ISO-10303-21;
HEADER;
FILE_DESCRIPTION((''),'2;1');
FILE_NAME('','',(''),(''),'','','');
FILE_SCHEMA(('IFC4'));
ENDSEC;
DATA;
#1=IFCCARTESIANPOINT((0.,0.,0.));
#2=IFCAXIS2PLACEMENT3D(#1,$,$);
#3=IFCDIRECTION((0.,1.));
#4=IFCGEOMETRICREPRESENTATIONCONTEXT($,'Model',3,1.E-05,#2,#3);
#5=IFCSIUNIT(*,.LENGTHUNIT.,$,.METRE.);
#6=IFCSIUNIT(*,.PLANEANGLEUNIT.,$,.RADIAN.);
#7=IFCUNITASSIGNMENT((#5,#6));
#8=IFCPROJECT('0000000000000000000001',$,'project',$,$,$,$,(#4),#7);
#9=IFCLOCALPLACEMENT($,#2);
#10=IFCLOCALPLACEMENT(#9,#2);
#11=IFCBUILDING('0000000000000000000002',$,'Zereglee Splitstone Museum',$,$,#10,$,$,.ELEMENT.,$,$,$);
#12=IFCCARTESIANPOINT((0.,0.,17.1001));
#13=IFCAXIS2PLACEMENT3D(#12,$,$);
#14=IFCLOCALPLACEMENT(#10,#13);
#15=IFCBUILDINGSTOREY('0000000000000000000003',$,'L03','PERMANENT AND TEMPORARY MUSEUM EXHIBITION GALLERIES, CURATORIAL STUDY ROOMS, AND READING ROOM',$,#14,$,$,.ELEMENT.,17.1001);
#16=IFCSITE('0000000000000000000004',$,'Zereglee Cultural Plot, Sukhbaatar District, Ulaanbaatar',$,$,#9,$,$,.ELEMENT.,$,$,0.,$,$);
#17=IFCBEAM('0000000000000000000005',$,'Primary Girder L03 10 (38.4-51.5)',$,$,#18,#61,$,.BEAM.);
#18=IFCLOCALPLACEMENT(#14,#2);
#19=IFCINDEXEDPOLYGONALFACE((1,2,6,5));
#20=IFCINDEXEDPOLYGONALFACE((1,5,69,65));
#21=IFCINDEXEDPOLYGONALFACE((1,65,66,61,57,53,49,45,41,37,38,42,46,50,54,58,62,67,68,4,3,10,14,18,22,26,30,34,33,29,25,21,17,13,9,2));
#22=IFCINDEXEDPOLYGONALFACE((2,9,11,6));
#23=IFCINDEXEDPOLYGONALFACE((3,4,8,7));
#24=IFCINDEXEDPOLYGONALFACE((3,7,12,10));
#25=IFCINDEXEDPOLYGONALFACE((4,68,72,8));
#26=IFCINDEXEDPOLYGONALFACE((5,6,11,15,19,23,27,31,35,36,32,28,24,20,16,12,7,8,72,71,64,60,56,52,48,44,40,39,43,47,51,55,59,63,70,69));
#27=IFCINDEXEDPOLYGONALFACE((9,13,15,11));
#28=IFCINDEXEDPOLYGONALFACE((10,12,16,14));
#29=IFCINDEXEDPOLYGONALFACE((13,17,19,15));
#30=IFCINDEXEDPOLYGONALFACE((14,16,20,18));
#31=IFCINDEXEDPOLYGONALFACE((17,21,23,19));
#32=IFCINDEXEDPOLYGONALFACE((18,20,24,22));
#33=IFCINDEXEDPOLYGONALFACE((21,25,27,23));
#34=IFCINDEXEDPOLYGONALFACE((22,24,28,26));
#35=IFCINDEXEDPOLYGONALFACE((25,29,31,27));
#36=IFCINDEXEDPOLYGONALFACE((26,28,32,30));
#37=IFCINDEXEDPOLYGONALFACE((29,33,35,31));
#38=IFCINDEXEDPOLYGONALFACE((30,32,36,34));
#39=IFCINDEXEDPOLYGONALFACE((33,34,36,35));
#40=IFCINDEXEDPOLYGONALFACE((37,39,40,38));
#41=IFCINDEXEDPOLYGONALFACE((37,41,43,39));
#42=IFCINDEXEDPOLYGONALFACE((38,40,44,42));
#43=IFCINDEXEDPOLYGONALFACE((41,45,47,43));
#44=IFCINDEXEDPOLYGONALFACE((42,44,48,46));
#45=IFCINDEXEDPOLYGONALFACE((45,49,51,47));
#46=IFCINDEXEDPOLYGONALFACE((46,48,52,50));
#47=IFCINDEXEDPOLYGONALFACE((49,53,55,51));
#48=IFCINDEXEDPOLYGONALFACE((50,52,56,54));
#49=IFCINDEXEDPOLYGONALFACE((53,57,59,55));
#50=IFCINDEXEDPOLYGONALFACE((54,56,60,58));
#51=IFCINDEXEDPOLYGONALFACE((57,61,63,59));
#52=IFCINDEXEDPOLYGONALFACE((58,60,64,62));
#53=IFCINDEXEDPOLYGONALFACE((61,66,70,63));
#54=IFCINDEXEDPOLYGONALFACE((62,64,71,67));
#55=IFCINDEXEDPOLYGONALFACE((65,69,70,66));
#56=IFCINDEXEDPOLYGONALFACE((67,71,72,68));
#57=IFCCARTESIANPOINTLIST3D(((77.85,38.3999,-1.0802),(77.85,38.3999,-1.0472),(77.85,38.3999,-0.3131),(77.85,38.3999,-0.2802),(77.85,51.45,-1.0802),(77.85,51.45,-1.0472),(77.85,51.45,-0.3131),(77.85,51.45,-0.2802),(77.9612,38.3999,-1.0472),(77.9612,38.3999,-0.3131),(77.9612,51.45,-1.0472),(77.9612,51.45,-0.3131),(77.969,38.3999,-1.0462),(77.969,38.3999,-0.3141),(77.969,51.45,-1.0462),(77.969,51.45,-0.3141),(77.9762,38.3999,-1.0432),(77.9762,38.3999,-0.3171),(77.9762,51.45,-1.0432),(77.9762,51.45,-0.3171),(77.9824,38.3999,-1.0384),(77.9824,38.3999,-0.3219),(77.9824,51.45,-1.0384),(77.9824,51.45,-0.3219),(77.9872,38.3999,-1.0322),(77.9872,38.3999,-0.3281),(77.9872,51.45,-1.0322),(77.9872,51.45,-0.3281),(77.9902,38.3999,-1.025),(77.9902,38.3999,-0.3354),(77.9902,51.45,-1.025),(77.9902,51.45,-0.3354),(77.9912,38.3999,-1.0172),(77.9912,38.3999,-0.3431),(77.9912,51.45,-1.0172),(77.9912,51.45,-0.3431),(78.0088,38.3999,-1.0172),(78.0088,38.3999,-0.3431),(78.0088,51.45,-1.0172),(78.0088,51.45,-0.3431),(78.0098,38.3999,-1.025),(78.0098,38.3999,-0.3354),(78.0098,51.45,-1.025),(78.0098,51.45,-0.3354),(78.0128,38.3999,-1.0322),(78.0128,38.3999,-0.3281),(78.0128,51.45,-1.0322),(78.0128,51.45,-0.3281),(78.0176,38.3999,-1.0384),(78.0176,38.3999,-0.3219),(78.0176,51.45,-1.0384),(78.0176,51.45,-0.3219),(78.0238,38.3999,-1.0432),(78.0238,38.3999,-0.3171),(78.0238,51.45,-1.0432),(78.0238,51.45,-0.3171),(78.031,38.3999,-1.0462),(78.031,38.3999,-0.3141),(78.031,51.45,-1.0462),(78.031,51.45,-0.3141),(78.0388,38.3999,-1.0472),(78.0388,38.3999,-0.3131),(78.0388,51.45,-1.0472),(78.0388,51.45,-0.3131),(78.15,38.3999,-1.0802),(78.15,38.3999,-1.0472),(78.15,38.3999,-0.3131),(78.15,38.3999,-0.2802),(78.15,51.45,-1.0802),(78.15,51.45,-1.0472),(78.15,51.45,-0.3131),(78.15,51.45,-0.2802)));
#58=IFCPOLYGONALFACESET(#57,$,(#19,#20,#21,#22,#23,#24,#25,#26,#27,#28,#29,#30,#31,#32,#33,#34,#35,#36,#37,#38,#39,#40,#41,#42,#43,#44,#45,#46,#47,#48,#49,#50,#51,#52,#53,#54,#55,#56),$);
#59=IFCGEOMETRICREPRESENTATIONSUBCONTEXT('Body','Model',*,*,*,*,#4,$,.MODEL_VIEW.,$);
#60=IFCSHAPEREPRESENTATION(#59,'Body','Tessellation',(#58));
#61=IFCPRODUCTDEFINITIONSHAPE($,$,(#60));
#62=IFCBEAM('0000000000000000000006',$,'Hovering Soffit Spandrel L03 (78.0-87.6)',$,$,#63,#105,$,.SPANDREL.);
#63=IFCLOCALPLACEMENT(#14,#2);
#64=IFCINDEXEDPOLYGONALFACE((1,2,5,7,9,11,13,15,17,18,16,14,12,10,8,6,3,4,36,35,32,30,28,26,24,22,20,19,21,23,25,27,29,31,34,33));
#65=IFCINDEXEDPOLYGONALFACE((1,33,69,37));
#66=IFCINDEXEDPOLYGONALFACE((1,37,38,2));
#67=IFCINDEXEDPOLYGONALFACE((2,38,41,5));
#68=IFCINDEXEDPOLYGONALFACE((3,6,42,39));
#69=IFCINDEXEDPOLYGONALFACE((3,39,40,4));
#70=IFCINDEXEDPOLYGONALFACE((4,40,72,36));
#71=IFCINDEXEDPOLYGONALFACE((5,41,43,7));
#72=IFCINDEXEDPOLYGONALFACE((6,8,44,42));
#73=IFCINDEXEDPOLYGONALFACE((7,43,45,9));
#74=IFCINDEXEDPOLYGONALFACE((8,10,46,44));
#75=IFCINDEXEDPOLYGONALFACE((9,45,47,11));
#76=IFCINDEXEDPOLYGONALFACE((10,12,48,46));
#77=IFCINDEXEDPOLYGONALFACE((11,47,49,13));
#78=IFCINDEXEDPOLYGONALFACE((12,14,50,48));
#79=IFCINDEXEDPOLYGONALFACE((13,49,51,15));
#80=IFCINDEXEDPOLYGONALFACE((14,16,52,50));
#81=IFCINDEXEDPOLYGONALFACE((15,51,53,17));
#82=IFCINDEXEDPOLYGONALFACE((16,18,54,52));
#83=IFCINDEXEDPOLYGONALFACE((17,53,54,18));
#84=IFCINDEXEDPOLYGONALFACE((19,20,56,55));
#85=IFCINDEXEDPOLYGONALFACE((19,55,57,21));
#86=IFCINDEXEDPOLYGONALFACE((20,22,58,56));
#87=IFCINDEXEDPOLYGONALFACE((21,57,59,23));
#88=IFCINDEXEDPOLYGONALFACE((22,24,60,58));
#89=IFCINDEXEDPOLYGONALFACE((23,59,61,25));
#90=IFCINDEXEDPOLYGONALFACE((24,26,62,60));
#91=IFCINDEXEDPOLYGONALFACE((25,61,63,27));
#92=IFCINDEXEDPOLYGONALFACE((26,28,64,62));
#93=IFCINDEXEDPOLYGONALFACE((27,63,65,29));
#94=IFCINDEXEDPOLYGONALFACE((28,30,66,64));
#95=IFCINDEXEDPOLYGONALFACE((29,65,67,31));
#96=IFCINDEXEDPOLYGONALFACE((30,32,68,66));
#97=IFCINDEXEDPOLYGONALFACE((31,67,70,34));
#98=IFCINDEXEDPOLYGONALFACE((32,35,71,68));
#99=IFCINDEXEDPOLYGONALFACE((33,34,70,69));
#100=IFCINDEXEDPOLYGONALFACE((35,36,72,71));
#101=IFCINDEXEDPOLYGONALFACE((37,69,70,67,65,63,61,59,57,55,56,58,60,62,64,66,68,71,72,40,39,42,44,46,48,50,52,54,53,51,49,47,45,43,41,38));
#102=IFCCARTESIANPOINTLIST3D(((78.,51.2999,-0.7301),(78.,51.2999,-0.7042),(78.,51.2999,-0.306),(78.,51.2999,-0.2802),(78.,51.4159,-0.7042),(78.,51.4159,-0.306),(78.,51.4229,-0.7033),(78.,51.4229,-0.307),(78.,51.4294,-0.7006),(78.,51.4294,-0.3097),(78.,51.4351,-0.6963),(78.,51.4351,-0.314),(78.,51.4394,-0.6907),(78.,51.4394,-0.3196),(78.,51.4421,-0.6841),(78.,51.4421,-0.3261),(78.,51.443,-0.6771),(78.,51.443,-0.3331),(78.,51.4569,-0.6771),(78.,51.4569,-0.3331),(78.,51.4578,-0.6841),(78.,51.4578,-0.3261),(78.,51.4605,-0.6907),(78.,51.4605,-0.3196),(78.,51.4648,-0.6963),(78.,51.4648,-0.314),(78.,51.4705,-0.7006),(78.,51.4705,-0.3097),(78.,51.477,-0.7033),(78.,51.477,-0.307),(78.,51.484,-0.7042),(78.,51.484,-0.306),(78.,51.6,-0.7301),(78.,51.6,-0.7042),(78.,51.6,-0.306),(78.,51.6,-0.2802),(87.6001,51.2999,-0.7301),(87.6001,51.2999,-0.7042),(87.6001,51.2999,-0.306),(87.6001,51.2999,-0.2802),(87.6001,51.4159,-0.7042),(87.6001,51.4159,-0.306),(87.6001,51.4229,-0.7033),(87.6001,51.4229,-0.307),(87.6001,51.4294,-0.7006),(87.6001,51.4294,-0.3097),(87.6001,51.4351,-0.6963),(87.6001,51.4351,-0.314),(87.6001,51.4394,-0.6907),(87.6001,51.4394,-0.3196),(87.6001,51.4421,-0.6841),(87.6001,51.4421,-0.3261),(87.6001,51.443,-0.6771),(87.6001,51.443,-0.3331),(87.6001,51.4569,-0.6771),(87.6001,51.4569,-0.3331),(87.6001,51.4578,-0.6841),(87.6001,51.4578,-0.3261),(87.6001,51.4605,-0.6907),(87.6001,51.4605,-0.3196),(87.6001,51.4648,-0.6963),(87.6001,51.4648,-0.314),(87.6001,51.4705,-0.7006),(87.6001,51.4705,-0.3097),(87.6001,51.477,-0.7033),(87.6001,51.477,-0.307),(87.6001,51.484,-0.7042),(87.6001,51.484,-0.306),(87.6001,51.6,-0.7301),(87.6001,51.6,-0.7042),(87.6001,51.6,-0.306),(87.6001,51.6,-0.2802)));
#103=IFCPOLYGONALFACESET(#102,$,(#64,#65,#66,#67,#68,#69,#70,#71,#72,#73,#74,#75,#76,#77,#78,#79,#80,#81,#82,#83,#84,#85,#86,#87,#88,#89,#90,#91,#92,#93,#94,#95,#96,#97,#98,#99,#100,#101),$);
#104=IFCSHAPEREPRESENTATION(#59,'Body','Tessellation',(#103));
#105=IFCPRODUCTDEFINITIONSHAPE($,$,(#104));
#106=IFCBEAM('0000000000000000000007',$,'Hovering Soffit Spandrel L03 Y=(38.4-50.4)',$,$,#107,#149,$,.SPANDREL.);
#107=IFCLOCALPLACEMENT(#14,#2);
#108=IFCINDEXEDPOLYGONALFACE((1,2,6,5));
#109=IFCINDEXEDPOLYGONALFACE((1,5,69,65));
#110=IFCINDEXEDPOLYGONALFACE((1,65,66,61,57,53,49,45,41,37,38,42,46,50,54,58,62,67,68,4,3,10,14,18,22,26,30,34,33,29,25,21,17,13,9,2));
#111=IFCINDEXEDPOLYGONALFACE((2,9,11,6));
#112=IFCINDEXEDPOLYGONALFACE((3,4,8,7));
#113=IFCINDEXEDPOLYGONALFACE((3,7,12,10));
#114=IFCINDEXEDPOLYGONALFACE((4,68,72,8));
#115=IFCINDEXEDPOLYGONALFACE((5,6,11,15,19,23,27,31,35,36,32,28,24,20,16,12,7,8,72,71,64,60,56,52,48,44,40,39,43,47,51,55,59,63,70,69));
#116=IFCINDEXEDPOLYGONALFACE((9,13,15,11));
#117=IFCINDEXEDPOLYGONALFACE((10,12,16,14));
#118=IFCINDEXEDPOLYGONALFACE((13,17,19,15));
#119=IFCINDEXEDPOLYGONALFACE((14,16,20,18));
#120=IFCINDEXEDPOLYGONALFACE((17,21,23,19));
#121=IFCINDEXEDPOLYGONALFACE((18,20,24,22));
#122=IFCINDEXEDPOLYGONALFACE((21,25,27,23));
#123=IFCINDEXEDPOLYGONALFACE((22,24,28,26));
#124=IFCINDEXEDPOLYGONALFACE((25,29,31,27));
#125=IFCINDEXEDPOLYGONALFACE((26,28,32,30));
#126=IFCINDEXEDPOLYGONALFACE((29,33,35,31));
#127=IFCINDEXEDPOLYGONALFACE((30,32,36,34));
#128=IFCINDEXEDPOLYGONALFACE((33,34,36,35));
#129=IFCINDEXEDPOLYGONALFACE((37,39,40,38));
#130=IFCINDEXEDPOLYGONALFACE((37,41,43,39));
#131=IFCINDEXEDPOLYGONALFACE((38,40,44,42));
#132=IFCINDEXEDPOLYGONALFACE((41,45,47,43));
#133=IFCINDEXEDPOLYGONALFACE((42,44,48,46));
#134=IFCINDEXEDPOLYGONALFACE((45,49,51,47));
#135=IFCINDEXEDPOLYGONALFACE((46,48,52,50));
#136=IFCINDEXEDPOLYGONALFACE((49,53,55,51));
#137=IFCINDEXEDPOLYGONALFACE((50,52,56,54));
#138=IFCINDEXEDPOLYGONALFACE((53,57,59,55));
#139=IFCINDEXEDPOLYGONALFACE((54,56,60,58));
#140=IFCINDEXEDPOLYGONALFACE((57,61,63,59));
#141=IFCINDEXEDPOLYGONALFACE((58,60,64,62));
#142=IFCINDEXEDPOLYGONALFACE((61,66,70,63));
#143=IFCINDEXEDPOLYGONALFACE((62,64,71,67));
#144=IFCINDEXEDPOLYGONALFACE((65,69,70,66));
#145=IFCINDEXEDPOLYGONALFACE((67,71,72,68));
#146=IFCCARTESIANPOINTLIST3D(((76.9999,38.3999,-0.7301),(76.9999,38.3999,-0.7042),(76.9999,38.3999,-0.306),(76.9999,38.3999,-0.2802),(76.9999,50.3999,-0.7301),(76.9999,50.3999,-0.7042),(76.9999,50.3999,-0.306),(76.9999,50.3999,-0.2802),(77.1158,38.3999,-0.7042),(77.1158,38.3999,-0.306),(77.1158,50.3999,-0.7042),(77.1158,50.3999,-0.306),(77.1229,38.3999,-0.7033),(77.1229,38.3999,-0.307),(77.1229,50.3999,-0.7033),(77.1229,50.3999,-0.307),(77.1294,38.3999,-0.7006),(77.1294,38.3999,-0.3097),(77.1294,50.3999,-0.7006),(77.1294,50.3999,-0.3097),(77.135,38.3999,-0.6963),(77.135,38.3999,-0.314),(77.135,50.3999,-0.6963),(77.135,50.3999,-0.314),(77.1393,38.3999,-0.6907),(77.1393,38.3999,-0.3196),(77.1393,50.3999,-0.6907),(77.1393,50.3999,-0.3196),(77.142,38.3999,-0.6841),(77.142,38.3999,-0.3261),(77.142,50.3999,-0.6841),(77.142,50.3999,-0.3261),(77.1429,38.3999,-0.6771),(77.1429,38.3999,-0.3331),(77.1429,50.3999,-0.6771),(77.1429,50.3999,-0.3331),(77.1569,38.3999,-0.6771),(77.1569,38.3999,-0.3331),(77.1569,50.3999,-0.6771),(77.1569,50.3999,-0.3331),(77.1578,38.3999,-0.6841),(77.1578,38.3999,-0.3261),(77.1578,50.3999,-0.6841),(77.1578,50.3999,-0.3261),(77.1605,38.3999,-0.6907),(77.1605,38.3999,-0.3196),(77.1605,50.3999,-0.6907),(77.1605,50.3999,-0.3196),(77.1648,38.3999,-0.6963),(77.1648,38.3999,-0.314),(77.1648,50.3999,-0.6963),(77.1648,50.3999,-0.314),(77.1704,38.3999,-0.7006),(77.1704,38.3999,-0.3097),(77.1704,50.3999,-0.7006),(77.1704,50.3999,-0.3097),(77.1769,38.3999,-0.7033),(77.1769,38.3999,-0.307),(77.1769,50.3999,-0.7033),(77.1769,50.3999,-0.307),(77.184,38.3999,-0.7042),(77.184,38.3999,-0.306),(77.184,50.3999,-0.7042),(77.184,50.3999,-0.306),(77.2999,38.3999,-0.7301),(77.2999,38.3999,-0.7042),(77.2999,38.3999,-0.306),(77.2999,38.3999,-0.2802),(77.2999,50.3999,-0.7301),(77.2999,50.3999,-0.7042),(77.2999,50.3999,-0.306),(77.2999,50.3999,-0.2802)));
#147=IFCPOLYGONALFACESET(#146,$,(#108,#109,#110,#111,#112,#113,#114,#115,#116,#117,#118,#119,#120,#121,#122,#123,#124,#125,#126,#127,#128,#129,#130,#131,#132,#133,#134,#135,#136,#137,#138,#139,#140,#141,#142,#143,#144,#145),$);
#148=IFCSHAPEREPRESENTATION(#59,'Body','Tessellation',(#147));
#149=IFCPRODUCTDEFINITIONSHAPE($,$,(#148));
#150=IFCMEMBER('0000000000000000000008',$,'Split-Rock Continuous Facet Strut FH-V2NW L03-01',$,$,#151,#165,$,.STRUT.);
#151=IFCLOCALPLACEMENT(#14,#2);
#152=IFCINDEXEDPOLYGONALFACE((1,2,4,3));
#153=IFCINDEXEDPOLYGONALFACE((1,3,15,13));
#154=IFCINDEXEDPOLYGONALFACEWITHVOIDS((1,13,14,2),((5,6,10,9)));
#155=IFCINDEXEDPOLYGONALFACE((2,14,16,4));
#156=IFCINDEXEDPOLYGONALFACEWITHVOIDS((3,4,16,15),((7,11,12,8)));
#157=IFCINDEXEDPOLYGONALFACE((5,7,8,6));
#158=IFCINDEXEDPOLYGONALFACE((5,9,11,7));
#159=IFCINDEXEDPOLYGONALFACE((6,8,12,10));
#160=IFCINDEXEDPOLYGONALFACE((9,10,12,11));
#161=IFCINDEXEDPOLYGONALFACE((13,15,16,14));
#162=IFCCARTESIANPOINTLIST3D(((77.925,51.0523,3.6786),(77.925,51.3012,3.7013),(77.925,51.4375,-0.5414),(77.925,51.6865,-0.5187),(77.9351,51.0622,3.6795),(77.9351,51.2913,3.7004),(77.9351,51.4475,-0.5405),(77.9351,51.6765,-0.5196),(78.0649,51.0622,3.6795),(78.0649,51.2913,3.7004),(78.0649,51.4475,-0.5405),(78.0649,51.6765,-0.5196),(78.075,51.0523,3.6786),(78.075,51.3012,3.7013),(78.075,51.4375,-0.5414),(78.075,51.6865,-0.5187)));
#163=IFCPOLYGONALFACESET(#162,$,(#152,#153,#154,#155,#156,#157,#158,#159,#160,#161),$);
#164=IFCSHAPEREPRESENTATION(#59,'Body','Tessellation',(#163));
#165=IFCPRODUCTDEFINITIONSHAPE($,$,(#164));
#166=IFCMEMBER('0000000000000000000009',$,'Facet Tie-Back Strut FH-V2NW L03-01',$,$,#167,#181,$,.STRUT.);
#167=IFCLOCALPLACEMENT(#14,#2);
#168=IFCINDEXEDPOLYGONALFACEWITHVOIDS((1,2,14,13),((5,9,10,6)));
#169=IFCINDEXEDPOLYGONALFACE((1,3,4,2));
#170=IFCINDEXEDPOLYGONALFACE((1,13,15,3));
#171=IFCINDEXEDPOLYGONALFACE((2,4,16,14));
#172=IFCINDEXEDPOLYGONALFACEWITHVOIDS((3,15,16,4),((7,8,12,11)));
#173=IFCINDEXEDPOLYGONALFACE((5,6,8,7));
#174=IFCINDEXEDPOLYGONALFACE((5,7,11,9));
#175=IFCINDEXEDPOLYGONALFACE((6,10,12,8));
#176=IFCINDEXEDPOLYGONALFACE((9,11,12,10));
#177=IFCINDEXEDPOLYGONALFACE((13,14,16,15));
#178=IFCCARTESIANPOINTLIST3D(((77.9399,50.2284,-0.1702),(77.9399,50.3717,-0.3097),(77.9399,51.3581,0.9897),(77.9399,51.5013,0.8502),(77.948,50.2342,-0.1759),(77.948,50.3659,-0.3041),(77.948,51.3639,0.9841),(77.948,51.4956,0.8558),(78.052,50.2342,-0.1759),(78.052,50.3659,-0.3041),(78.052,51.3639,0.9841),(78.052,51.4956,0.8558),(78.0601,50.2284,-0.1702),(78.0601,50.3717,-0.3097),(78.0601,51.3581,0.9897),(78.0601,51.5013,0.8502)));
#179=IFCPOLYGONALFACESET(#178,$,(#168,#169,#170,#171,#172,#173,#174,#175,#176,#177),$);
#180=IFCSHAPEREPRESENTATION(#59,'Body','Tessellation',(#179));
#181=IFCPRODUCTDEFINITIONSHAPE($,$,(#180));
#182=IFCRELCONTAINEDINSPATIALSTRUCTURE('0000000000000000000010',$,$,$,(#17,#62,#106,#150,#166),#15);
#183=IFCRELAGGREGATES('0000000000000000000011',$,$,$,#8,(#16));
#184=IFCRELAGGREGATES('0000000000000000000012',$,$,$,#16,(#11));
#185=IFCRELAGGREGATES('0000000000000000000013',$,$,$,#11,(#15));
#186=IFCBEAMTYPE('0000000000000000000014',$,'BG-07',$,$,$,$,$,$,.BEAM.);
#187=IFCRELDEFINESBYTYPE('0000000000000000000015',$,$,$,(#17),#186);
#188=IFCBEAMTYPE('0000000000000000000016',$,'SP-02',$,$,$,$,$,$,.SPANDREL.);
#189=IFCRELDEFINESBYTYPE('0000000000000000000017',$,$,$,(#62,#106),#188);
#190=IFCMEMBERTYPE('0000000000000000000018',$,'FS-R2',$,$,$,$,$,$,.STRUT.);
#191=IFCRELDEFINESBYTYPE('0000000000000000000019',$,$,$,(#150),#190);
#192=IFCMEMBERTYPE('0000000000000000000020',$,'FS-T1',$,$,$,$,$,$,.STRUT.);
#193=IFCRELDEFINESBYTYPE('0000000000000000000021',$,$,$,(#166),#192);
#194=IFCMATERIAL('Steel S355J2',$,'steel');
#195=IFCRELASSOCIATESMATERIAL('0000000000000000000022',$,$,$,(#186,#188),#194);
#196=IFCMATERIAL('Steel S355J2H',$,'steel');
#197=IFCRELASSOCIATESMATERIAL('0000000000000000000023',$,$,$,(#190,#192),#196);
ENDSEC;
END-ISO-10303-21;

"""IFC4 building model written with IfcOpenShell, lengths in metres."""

from ifc_helpers import new_model, si_unit, direction, frame, origin, origin_2d, place, context, subcontext, project, spatial, hollow_rectangle, i_section, extrude, material, material_profile, profile_set, type_object, element, save


model = new_model("IFC4")

# Units and contexts
model_context = context("Model", 3, precision=1e-05, world=origin(), true_north=direction((0.0, 1.0)))
body_context = subcontext(model_context, "Body", "Model", "MODEL_VIEW")
ifc_project = project(units=[si_unit("LENGTHUNIT", "METRE"), si_unit("PLANEANGLEUNIT", "RADIAN")], contexts=[model_context])

# Site, building, storey
site_placement = place(None, origin())
site = spatial("IfcSite", under=ifc_project, at=site_placement, Name="Zereglee Cultural Plot, Sukhbaatar District, Ulaanbaatar", CompositionType="ELEMENT", RefElevation=0.0)
building_placement = place(site_placement, origin())
building = spatial("IfcBuilding", under=site, at=building_placement, Name="Zereglee Splitstone Museum", CompositionType="ELEMENT")
storey_placement = place(building_placement, frame((0.0, 0.0, 17.1001)))
storey = spatial("IfcBuildingStorey", under=building, at=storey_placement, Name="L03", Description="PERMANENT AND TEMPORARY MUSEUM EXHIBITION GALLERIES, CURATORIAL STUDY ROOMS, AND READING ROOM", CompositionType="ELEMENT", Elevation=17.1001)

# Shared definitions
ifc_material_1 = material(Name="Steel S355J2", Category="steel")

# Beams
ifc_material_profile_1 = material_profile(ifc_material_1, i_section(OverallWidth=0.3, OverallDepth=0.8, WebThickness=0.0176, FlangeThickness=0.033, FilletRadius=0.03, at=origin_2d()), Name="HE 800 B")
ifc_profile_set_1 = profile_set([ifc_material_profile_1], Name="Steel S355J2")
beam_type_1 = type_object("IfcBeamType", Name="BG-07", PredefinedType="BEAM", material=ifc_profile_set_1)
beam_1_placement = place(storey_placement, frame((78.0, 38.3999, -0.6802), z_axis=(0.0, 1.0, 0.0), x_axis=(-1.0, 0.0, 0.0)))
element("IfcBeam", 1, at=beam_1_placement, inside=storey, type_object=beam_type_1, Name="Primary Girder L03 10 (38.4-51.5)", PredefinedType="BEAM", context=body_context, shape_type="SweptSolid", body=[
    extrude(i_section(OverallWidth=0.3, OverallDepth=0.8, WebThickness=0.0176, FlangeThickness=0.033, FilletRadius=0.03, at=origin_2d()), origin(), (0.0, 0.0, 1.0), 13.05),
])
ifc_material_profile_2 = material_profile(ifc_material_1, i_section(OverallWidth=0.3, OverallDepth=0.45, WebThickness=0.0139, FlangeThickness=0.0259, FilletRadius=0.0271, at=origin_2d()), Name="HE 450 B")
ifc_profile_set_2 = profile_set([ifc_material_profile_2], Name="Steel S355J2")
beam_type_2 = type_object("IfcBeamType", Name="SP-02", PredefinedType="SPANDREL", material=ifc_profile_set_2)
beam_2_placement = place(storey_placement, frame((78.0, 51.45, -0.5051), z_axis=(1.0, 0.0, 0.0), x_axis=(0.0, 1.0, 0.0)))
element("IfcBeam", 2, at=beam_2_placement, inside=storey, type_object=beam_type_2, Name="Hovering Soffit Spandrel L03 (78.0-87.6)", PredefinedType="SPANDREL", context=body_context, shape_type="SweptSolid", body=[
    extrude(i_section(OverallWidth=0.3, OverallDepth=0.45, WebThickness=0.0139, FlangeThickness=0.0259, FilletRadius=0.0271, at=origin_2d()), origin(), (0.0, 0.0, 1.0), 9.6001),
])
beam_3_placement = place(storey_placement, frame((77.1499, 38.3999, -0.5051), z_axis=(0.0, 1.0, 0.0), x_axis=(-1.0, 0.0, 0.0)))
element("IfcBeam", 3, at=beam_3_placement, inside=storey, type_object=beam_type_2, Name="Hovering Soffit Spandrel L03 Y=(38.4-50.4)", PredefinedType="SPANDREL", context=body_context, shape_type="SweptSolid", body=[
    extrude(i_section(OverallWidth=0.3, OverallDepth=0.45, WebThickness=0.0139, FlangeThickness=0.0259, FilletRadius=0.0271, at=origin_2d()), origin(), (0.0, 0.0, 1.0), 12.0),
])

# Members
ifc_material_2 = material(Name="Steel S355J2H", Category="steel")
ifc_material_profile_3 = material_profile(ifc_material_2, hollow_rectangle(XDim=0.1499, YDim=0.25, WallThickness=0.01, at=origin_2d()), Name="RHS 250x150x10")
ifc_profile_set_3 = profile_set([ifc_material_profile_3], Name="Steel S355J2H")
member_type_1 = type_object("IfcMemberType", Name="FS-R2", PredefinedType="STRUT", material=ifc_profile_set_3)
member_1_placement = place(storey_placement, frame((78.0, 51.562, -0.53), z_axis=(0.0, -0.090915, 0.995859), x_axis=(1.0, 0.0, 0.0)))
element("IfcMember", 4, at=member_1_placement, inside=storey, type_object=member_type_1, Name="Split-Rock Continuous Facet Strut FH-V2NW L03-01", PredefinedType="STRUT", context=body_context, shape_type="SweptSolid", body=[
    extrude(hollow_rectangle(XDim=0.1499, YDim=0.25, WallThickness=0.01, at=origin_2d()), origin(), (0.0, 0.0, 1.0), 4.2375),
])
ifc_material_profile_4 = material_profile(ifc_material_2, hollow_rectangle(XDim=0.1201, YDim=0.2, WallThickness=0.0081, at=origin_2d()), Name="RHS 200x120x8")
ifc_profile_set_4 = profile_set([ifc_material_profile_4], Name="Steel S355J2H")
member_type_2 = type_object("IfcMemberType", Name="FS-T1", PredefinedType="STRUT", material=ifc_profile_set_4)
member_2_placement = place(storey_placement, frame((78.0, 50.3, -0.24), z_axis=(0.0, 0.697696, 0.716394), x_axis=(-1.0, 0.0, 0.0)))
element("IfcMember", 5, at=member_2_placement, inside=storey, type_object=member_type_2, Name="Facet Tie-Back Strut FH-V2NW L03-01", PredefinedType="STRUT", context=body_context, shape_type="SweptSolid", body=[
    extrude(hollow_rectangle(XDim=0.1201, YDim=0.2, WallThickness=0.0081, at=origin_2d()), origin(), (0.0, 0.0, 1.0), 1.6191),
])

save(model, "model.ifc")
